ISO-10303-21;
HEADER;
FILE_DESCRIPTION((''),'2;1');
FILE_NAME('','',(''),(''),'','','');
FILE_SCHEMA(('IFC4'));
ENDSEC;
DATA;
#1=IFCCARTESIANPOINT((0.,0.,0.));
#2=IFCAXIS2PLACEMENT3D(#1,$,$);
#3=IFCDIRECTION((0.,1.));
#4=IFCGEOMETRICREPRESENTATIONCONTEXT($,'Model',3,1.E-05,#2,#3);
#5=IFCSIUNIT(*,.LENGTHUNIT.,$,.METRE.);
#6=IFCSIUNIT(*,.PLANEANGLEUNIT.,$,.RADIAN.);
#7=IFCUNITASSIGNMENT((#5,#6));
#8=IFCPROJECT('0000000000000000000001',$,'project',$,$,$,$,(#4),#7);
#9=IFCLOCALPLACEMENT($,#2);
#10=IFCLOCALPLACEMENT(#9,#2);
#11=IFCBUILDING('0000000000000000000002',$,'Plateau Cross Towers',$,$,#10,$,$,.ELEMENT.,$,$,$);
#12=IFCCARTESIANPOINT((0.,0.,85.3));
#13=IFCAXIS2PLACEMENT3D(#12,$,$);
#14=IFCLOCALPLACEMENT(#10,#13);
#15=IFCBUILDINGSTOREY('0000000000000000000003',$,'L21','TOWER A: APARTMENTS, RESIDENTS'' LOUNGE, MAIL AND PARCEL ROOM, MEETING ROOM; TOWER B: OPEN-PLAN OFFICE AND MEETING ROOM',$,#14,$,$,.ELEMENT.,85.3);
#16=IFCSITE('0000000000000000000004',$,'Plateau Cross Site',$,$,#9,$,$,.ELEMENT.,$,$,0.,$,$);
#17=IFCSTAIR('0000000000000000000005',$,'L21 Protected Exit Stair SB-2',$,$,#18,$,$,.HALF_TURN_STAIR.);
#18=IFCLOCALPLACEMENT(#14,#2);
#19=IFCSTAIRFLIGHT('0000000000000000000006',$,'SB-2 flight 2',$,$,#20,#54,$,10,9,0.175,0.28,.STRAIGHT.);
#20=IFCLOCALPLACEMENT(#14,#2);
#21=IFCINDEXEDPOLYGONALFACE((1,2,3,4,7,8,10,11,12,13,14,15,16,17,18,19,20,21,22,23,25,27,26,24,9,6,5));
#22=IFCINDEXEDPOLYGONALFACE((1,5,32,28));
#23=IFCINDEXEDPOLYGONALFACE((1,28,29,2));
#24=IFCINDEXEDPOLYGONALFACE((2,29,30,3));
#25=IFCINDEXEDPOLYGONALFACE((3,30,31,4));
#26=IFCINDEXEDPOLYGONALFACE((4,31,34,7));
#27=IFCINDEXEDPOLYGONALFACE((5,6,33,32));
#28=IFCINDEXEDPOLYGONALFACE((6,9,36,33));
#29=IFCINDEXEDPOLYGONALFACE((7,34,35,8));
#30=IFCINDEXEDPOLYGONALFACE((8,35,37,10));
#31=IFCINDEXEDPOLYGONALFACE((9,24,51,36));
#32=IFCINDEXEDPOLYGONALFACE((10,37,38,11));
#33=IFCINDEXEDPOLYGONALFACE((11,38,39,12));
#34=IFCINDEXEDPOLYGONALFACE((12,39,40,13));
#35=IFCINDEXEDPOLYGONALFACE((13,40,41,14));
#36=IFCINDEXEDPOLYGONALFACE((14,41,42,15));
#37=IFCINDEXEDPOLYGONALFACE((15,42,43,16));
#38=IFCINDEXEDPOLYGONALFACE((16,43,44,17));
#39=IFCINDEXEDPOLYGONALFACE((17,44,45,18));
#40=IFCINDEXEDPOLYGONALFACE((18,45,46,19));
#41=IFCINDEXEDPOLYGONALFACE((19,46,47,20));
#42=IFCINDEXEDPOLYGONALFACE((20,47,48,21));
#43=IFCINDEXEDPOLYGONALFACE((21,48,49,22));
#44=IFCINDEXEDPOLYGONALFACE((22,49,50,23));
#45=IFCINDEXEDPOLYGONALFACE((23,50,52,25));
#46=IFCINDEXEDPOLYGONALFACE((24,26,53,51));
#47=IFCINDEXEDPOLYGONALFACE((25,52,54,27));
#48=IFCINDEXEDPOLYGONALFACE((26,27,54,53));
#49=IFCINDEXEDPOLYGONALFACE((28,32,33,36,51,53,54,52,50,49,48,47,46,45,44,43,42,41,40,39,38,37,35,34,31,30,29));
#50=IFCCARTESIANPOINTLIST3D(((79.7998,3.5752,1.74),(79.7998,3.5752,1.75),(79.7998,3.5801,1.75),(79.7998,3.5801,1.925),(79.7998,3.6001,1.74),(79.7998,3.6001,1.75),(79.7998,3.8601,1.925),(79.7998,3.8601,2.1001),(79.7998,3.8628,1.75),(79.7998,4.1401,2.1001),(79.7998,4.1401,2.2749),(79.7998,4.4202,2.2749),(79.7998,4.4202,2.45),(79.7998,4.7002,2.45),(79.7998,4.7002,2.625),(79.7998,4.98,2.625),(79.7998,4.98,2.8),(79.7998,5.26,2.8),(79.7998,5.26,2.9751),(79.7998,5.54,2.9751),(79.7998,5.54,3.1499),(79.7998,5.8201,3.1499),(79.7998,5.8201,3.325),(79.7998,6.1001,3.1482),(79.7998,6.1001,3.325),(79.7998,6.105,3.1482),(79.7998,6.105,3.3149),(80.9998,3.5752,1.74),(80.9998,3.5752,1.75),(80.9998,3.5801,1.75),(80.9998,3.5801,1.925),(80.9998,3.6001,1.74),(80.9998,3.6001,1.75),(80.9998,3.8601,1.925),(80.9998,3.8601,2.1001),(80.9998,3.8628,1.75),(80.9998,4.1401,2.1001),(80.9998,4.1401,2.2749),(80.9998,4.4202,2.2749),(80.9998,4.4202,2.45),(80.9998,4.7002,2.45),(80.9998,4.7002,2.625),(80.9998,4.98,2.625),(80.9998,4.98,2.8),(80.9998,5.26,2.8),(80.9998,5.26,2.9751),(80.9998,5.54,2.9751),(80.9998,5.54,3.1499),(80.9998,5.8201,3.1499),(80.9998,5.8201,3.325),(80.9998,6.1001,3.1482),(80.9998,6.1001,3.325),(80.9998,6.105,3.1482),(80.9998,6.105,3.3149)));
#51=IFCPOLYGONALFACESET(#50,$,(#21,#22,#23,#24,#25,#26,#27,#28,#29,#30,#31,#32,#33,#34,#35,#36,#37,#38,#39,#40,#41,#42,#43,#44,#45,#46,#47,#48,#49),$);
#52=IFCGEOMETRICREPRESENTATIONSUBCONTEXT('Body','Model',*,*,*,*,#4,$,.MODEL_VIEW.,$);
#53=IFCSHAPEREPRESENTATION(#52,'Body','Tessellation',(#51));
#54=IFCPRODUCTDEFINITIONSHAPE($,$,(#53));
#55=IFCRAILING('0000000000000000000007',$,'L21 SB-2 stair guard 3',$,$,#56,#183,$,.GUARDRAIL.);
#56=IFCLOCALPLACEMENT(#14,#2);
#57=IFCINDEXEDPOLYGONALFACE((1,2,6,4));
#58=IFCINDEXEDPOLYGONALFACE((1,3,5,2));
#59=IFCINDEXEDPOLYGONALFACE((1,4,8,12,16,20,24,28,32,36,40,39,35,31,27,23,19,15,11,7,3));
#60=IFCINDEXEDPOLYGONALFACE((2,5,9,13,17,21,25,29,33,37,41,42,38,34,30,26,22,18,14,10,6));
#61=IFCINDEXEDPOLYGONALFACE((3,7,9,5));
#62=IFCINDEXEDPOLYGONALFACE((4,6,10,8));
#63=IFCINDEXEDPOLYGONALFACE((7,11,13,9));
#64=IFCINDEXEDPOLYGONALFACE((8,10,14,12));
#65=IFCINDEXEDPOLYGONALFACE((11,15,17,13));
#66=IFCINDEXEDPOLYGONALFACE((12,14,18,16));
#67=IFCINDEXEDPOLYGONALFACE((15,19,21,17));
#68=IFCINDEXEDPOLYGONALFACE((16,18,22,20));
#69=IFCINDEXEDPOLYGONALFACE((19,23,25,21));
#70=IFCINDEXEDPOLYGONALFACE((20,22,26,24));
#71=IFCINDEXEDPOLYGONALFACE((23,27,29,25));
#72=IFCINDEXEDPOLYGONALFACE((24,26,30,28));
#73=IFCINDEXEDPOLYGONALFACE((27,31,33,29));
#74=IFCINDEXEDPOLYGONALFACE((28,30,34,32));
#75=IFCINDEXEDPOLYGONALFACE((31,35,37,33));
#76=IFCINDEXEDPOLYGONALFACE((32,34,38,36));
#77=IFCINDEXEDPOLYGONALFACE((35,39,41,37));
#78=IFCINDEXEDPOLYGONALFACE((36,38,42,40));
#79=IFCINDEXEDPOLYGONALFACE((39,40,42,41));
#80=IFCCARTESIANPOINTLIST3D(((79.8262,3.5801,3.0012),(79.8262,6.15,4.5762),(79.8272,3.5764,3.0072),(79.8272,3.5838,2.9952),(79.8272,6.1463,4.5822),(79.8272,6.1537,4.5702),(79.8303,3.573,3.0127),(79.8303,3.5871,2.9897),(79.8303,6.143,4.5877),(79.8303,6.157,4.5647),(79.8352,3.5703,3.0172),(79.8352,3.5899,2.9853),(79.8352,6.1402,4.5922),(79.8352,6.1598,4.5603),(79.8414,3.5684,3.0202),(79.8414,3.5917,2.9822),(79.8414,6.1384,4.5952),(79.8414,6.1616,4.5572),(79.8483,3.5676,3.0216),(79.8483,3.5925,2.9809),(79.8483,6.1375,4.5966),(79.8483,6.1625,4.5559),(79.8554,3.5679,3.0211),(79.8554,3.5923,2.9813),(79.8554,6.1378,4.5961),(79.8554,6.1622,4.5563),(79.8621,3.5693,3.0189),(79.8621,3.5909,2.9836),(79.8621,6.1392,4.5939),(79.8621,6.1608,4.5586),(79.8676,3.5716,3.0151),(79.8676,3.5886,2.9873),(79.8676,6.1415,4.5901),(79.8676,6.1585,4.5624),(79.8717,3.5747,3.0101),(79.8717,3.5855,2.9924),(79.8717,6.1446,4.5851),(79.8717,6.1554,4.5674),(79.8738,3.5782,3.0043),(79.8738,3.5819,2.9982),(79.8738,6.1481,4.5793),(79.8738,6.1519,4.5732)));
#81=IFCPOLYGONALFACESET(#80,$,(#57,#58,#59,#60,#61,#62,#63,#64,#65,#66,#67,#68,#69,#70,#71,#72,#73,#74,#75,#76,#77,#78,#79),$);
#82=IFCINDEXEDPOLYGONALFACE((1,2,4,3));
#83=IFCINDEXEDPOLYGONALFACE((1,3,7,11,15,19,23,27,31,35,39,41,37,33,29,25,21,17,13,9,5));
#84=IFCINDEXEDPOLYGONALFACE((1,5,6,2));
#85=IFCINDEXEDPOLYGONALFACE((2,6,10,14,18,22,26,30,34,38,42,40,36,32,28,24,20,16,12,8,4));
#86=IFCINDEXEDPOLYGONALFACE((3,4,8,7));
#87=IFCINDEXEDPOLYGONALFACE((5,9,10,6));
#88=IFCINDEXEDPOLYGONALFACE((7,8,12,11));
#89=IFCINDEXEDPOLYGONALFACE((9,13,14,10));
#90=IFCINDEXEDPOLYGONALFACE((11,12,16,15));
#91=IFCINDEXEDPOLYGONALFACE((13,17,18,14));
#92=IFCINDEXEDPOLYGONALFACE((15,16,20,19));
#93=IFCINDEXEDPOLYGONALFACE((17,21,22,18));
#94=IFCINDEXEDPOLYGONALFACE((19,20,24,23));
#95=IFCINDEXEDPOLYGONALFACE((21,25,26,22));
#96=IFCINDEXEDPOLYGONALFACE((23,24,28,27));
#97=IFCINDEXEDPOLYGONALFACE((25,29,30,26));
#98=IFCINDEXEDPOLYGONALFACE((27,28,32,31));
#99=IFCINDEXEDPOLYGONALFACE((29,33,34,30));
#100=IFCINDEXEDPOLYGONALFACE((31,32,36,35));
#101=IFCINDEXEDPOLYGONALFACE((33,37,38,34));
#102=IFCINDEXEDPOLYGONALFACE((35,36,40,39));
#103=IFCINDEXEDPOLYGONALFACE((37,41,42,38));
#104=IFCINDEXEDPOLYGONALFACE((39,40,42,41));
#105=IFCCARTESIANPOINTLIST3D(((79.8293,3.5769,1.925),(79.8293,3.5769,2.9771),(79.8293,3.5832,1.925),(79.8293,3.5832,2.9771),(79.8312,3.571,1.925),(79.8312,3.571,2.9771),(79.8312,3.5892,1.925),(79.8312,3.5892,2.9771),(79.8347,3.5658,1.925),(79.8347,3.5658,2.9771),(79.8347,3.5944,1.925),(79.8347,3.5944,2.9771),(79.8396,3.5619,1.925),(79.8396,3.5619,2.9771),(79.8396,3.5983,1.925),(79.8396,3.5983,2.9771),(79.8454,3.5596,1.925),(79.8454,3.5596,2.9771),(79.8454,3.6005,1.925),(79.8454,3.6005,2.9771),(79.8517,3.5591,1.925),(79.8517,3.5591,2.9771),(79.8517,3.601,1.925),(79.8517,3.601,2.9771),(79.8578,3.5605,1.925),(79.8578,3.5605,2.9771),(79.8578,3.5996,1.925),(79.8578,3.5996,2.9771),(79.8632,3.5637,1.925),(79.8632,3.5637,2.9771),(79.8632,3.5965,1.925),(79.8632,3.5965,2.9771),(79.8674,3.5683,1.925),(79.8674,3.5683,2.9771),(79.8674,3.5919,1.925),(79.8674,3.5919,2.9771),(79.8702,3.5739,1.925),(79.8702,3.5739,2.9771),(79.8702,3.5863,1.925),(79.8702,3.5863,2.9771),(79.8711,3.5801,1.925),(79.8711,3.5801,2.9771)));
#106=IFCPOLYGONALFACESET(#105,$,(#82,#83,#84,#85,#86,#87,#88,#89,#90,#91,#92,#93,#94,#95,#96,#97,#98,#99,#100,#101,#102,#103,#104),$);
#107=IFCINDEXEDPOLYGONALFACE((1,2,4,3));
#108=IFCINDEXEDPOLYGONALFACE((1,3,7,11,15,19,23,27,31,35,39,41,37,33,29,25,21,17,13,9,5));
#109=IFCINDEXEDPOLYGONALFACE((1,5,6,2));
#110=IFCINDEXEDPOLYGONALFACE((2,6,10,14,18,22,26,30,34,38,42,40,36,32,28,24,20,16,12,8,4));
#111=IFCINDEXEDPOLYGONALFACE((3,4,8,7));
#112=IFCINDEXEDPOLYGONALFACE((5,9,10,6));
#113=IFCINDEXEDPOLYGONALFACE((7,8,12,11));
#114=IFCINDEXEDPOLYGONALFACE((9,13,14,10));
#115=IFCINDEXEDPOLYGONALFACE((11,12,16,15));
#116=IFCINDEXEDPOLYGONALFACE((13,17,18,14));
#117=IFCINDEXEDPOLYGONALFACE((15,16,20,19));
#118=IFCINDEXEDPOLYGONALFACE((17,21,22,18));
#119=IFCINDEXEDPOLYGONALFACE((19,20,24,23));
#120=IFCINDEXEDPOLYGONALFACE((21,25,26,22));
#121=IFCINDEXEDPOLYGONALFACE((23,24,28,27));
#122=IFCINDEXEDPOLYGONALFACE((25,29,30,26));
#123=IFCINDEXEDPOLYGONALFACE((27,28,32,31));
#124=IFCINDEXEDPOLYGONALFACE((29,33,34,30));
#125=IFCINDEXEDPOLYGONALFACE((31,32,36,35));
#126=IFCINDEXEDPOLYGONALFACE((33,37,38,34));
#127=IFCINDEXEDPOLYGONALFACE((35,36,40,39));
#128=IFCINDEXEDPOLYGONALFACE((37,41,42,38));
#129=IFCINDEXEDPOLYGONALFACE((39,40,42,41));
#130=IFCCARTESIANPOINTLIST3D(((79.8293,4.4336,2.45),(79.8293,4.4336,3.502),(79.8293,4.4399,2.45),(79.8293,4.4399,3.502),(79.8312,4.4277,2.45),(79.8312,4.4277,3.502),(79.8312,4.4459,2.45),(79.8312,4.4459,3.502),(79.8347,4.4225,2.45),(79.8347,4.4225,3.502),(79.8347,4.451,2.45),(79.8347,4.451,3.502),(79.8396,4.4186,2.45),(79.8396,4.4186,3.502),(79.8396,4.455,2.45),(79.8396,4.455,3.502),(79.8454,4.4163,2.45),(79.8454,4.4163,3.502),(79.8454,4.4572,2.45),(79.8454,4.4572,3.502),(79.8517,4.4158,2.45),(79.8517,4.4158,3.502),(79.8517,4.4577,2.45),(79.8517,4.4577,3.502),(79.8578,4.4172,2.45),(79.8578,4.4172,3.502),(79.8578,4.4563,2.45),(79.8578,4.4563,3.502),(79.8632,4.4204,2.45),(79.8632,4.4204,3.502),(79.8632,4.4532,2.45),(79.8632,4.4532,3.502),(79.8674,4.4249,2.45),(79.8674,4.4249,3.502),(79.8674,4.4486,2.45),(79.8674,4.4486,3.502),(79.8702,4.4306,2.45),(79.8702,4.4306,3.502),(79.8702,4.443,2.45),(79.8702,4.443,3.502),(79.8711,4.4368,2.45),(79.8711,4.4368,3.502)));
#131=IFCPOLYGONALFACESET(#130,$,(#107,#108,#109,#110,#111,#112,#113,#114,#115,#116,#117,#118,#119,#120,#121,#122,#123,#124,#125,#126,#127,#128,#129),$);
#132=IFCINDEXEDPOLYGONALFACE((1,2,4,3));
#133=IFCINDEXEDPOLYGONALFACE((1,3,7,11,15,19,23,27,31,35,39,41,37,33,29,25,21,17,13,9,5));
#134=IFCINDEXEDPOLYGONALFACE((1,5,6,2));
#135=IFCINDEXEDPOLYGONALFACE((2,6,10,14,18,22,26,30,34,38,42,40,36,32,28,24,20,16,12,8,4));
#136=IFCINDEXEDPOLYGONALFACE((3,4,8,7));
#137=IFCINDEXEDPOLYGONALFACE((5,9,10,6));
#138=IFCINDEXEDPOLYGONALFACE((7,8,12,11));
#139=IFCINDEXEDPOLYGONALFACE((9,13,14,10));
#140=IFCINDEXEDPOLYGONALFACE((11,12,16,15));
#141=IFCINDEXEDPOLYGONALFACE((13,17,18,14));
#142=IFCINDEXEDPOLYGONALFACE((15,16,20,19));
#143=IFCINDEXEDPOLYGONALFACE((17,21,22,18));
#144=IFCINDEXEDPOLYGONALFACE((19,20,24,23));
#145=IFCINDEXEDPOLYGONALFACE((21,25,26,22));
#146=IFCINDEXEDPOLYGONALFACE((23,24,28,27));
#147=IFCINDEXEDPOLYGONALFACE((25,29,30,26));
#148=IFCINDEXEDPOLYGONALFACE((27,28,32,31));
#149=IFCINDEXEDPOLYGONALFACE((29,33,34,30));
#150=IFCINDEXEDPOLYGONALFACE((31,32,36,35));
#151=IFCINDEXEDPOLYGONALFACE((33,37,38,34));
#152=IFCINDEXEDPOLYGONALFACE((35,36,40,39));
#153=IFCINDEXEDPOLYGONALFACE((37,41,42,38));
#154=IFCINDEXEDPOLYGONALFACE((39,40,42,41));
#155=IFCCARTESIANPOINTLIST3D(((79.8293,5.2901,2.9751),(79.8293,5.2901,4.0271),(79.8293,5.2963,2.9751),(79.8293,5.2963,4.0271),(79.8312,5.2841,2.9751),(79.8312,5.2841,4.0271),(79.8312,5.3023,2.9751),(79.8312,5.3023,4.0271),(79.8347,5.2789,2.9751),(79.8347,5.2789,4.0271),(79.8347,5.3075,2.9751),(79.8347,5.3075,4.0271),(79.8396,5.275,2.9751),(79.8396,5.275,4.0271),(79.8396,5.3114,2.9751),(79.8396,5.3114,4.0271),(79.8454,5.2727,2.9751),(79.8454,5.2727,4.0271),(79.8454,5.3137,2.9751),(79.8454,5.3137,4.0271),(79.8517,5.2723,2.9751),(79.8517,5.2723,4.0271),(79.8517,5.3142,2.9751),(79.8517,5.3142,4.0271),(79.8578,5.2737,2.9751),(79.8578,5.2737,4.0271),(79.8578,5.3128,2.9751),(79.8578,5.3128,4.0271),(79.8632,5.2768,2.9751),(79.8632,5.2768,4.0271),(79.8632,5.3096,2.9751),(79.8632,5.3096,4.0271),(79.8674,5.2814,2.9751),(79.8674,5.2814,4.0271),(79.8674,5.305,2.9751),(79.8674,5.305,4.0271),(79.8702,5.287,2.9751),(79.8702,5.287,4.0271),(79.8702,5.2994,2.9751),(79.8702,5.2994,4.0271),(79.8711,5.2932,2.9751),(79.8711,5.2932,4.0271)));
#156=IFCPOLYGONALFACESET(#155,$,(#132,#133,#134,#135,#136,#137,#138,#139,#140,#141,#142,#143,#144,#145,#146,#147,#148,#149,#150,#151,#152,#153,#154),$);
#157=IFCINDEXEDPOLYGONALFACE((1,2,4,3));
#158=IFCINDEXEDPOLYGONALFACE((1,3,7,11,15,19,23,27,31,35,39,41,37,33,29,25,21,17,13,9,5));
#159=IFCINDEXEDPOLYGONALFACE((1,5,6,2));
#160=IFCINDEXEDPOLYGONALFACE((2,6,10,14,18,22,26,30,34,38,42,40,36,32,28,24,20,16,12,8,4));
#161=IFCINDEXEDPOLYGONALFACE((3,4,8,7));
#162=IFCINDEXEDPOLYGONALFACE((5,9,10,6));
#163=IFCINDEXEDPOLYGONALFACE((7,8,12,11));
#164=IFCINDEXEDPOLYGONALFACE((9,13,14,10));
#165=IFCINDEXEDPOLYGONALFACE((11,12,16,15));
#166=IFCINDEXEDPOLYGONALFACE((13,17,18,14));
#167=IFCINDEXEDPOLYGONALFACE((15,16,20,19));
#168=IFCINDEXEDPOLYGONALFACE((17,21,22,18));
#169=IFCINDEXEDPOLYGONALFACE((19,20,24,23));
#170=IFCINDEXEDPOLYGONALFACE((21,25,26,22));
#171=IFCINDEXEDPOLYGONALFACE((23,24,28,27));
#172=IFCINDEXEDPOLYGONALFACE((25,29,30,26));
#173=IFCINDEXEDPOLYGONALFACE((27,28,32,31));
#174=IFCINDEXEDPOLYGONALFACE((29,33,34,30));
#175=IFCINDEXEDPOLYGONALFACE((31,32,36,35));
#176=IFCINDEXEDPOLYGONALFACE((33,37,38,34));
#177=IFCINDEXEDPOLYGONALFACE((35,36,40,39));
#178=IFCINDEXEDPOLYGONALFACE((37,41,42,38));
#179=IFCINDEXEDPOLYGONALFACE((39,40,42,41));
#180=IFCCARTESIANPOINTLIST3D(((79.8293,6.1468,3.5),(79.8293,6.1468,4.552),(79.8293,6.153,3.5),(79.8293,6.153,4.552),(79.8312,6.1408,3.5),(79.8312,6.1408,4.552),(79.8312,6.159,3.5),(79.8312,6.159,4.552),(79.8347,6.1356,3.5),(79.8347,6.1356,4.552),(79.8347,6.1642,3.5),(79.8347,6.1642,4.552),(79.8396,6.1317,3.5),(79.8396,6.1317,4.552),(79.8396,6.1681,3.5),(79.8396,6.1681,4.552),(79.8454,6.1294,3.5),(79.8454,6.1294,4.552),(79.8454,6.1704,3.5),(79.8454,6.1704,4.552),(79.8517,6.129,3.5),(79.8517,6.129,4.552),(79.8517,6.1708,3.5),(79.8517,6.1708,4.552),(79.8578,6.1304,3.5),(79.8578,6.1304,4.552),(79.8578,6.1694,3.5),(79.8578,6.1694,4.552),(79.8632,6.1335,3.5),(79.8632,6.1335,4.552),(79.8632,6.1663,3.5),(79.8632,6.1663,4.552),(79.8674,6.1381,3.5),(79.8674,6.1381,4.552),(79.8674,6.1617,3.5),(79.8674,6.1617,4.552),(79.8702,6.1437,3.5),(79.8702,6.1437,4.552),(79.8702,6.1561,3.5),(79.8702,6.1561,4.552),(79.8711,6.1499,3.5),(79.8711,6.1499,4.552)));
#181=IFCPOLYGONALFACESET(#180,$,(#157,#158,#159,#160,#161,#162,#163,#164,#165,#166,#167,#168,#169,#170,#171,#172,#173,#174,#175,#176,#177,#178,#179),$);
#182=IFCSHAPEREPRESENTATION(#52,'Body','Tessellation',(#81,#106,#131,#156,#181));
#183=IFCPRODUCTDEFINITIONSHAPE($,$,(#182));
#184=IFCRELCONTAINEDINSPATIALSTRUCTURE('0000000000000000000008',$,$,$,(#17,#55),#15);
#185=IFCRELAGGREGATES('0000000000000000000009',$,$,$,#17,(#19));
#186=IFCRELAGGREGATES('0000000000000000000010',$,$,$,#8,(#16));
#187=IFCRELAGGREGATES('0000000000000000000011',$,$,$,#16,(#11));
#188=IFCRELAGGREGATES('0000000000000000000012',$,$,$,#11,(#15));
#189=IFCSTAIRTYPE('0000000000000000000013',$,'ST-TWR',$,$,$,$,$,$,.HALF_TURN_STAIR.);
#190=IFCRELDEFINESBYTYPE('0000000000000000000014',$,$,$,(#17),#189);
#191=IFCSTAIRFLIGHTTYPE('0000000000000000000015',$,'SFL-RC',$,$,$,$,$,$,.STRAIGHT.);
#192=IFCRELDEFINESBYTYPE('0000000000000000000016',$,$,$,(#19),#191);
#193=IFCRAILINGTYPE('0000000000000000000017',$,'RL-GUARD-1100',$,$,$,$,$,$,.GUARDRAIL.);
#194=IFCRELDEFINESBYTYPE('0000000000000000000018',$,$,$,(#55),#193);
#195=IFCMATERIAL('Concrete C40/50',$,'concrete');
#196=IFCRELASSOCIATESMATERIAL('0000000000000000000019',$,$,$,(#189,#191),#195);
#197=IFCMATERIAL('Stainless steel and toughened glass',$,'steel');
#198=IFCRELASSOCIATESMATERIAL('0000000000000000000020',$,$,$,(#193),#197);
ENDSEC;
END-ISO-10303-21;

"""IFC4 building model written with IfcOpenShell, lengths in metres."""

from ifc_helpers import new_model, si_unit, direction, frame, origin, origin_2d, place, context, subcontext, project, spatial, polyline, circle, outline, extrude, material, type_object, element, aggregate, save


model = new_model("IFC4")

# Units and contexts
model_context = context("Model", 3, precision=1e-05, world=origin(), true_north=direction((0.0, 1.0)))
body_context = subcontext(model_context, "Body", "Model", "MODEL_VIEW")
ifc_project = project(units=[si_unit("LENGTHUNIT", "METRE"), si_unit("PLANEANGLEUNIT", "RADIAN")], contexts=[model_context])

# Site, building, storey
site_placement = place(None, origin())
site = spatial("IfcSite", under=ifc_project, at=site_placement, Name="Plateau Cross Site", CompositionType="ELEMENT", RefElevation=0.0)
building_placement = place(site_placement, origin())
building = spatial("IfcBuilding", under=site, at=building_placement, Name="Plateau Cross Towers", CompositionType="ELEMENT")
storey_placement = place(building_placement, frame((0.0, 0.0, 85.3)))
storey = spatial("IfcBuildingStorey", under=building, at=storey_placement, Name="L21", Description="TOWER A: APARTMENTS, RESIDENTS' LOUNGE, MAIL AND PARCEL ROOM, MEETING ROOM; TOWER B: OPEN-PLAN OFFICE AND MEETING ROOM", CompositionType="ELEMENT", Elevation=85.3)

# Stair, stair flight
ifc_material_1 = material(Name="Concrete C40/50", Category="concrete")
stair_type = type_object("IfcStairType", Name="ST-TWR", PredefinedType="HALF_TURN_STAIR", material=ifc_material_1)
stair_placement = place(storey_placement, origin())
stair = element("IfcStair", 1, at=stair_placement, inside=storey, type_object=stair_type, Name="L21 Protected Exit Stair SB-2", PredefinedType="HALF_TURN_STAIR")
stair_flight_type = type_object("IfcStairFlightType", Name="SFL-RC", PredefinedType="STRAIGHT", material=ifc_material_1)
stair_flight_placement = place(storey_placement, frame((80.3999, 3.5801, 1.75), z_axis=(0.0, 0.0, 1.0), x_axis=(0.0, 1.0, 0.0)))
stair_flight = element("IfcStairFlight", 2, at=stair_flight_placement, type_object=stair_flight_type, Name="SB-2 flight 2", NumberOfRisers=10, NumberOfTreads=9, PredefinedType="STRAIGHT", RiserHeight=0.175, TreadLength=0.28, context=body_context, shape_type="SweptSolid", body=[
    extrude(outline(polyline([(-0.0049, -0.01), (-0.0049, 0.0), (0.0, 0.0), (0.0, 0.175), (0.28, 0.175), (0.28, 0.3501), (0.5601, 0.3501), (0.5601, 0.5249), (0.8401, 0.5249), (0.8401, 0.7), (1.1201, 0.7), (1.1201, 0.875), (1.3999, 0.875), (1.3999, 1.05), (1.6799, 1.05), (1.6799, 1.2251), (1.96, 1.2251), (1.96, 1.3999), (2.24, 1.3999), (2.24, 1.575), (2.52, 1.575), (2.5249, 1.5649), (2.5249, 1.3982), (2.52, 1.3982), (0.2827, 0.0), (0.02, 0.0), (0.02, -0.01), (-0.0049, -0.01)])), frame((0.0, 0.6001, 0.0), z_axis=(0.0, -1.0, 0.0), x_axis=(1.0, 0.0, 0.0)), (0.0, 0.0, 1.0), 1.2),
])
aggregate(stair, [stair_flight])

# Railing
ifc_material_2 = material(Name="Stainless steel and toughened glass", Category="steel")
railing_type_1 = type_object("IfcRailingType", Name="RL-GUARD-1100", PredefinedType="GUARDRAIL", material=ifc_material_2)
railing_1_placement = place(storey_placement, frame((79.8501, 3.5801, 1.925)))
element("IfcRailing", 3, at=railing_1_placement, inside=storey, type_object=railing_type_1, Name="L21 SB-2 stair guard 3", PredefinedType="GUARDRAIL", context=body_context, shape_type="SweptSolid", body=[
    extrude(circle(Radius=0.0239, at=origin_2d()), frame((0.0, 0.0, 1.0762), z_axis=(0.0, 0.852616, 0.522537), x_axis=(-1.0, 0.0, 0.0)), (0.0, 0.0, 1.0), 3.0142),
    extrude(circle(Radius=0.021, at=origin_2d()), origin(), (0.0, 0.0, 1.0), 1.052),
    extrude(circle(Radius=0.021, at=origin_2d()), frame((0.0, 0.8567, 0.5249)), (0.0, 0.0, 1.0), 1.052),
    extrude(circle(Radius=0.021, at=origin_2d()), frame((0.0, 1.7131, 1.05)), (0.0, 0.0, 1.0), 1.052),
    extrude(circle(Radius=0.021, at=origin_2d()), frame((0.0, 2.5698, 1.575)), (0.0, 0.0, 1.0), 1.052),
])

save(model, "model.ifc")
